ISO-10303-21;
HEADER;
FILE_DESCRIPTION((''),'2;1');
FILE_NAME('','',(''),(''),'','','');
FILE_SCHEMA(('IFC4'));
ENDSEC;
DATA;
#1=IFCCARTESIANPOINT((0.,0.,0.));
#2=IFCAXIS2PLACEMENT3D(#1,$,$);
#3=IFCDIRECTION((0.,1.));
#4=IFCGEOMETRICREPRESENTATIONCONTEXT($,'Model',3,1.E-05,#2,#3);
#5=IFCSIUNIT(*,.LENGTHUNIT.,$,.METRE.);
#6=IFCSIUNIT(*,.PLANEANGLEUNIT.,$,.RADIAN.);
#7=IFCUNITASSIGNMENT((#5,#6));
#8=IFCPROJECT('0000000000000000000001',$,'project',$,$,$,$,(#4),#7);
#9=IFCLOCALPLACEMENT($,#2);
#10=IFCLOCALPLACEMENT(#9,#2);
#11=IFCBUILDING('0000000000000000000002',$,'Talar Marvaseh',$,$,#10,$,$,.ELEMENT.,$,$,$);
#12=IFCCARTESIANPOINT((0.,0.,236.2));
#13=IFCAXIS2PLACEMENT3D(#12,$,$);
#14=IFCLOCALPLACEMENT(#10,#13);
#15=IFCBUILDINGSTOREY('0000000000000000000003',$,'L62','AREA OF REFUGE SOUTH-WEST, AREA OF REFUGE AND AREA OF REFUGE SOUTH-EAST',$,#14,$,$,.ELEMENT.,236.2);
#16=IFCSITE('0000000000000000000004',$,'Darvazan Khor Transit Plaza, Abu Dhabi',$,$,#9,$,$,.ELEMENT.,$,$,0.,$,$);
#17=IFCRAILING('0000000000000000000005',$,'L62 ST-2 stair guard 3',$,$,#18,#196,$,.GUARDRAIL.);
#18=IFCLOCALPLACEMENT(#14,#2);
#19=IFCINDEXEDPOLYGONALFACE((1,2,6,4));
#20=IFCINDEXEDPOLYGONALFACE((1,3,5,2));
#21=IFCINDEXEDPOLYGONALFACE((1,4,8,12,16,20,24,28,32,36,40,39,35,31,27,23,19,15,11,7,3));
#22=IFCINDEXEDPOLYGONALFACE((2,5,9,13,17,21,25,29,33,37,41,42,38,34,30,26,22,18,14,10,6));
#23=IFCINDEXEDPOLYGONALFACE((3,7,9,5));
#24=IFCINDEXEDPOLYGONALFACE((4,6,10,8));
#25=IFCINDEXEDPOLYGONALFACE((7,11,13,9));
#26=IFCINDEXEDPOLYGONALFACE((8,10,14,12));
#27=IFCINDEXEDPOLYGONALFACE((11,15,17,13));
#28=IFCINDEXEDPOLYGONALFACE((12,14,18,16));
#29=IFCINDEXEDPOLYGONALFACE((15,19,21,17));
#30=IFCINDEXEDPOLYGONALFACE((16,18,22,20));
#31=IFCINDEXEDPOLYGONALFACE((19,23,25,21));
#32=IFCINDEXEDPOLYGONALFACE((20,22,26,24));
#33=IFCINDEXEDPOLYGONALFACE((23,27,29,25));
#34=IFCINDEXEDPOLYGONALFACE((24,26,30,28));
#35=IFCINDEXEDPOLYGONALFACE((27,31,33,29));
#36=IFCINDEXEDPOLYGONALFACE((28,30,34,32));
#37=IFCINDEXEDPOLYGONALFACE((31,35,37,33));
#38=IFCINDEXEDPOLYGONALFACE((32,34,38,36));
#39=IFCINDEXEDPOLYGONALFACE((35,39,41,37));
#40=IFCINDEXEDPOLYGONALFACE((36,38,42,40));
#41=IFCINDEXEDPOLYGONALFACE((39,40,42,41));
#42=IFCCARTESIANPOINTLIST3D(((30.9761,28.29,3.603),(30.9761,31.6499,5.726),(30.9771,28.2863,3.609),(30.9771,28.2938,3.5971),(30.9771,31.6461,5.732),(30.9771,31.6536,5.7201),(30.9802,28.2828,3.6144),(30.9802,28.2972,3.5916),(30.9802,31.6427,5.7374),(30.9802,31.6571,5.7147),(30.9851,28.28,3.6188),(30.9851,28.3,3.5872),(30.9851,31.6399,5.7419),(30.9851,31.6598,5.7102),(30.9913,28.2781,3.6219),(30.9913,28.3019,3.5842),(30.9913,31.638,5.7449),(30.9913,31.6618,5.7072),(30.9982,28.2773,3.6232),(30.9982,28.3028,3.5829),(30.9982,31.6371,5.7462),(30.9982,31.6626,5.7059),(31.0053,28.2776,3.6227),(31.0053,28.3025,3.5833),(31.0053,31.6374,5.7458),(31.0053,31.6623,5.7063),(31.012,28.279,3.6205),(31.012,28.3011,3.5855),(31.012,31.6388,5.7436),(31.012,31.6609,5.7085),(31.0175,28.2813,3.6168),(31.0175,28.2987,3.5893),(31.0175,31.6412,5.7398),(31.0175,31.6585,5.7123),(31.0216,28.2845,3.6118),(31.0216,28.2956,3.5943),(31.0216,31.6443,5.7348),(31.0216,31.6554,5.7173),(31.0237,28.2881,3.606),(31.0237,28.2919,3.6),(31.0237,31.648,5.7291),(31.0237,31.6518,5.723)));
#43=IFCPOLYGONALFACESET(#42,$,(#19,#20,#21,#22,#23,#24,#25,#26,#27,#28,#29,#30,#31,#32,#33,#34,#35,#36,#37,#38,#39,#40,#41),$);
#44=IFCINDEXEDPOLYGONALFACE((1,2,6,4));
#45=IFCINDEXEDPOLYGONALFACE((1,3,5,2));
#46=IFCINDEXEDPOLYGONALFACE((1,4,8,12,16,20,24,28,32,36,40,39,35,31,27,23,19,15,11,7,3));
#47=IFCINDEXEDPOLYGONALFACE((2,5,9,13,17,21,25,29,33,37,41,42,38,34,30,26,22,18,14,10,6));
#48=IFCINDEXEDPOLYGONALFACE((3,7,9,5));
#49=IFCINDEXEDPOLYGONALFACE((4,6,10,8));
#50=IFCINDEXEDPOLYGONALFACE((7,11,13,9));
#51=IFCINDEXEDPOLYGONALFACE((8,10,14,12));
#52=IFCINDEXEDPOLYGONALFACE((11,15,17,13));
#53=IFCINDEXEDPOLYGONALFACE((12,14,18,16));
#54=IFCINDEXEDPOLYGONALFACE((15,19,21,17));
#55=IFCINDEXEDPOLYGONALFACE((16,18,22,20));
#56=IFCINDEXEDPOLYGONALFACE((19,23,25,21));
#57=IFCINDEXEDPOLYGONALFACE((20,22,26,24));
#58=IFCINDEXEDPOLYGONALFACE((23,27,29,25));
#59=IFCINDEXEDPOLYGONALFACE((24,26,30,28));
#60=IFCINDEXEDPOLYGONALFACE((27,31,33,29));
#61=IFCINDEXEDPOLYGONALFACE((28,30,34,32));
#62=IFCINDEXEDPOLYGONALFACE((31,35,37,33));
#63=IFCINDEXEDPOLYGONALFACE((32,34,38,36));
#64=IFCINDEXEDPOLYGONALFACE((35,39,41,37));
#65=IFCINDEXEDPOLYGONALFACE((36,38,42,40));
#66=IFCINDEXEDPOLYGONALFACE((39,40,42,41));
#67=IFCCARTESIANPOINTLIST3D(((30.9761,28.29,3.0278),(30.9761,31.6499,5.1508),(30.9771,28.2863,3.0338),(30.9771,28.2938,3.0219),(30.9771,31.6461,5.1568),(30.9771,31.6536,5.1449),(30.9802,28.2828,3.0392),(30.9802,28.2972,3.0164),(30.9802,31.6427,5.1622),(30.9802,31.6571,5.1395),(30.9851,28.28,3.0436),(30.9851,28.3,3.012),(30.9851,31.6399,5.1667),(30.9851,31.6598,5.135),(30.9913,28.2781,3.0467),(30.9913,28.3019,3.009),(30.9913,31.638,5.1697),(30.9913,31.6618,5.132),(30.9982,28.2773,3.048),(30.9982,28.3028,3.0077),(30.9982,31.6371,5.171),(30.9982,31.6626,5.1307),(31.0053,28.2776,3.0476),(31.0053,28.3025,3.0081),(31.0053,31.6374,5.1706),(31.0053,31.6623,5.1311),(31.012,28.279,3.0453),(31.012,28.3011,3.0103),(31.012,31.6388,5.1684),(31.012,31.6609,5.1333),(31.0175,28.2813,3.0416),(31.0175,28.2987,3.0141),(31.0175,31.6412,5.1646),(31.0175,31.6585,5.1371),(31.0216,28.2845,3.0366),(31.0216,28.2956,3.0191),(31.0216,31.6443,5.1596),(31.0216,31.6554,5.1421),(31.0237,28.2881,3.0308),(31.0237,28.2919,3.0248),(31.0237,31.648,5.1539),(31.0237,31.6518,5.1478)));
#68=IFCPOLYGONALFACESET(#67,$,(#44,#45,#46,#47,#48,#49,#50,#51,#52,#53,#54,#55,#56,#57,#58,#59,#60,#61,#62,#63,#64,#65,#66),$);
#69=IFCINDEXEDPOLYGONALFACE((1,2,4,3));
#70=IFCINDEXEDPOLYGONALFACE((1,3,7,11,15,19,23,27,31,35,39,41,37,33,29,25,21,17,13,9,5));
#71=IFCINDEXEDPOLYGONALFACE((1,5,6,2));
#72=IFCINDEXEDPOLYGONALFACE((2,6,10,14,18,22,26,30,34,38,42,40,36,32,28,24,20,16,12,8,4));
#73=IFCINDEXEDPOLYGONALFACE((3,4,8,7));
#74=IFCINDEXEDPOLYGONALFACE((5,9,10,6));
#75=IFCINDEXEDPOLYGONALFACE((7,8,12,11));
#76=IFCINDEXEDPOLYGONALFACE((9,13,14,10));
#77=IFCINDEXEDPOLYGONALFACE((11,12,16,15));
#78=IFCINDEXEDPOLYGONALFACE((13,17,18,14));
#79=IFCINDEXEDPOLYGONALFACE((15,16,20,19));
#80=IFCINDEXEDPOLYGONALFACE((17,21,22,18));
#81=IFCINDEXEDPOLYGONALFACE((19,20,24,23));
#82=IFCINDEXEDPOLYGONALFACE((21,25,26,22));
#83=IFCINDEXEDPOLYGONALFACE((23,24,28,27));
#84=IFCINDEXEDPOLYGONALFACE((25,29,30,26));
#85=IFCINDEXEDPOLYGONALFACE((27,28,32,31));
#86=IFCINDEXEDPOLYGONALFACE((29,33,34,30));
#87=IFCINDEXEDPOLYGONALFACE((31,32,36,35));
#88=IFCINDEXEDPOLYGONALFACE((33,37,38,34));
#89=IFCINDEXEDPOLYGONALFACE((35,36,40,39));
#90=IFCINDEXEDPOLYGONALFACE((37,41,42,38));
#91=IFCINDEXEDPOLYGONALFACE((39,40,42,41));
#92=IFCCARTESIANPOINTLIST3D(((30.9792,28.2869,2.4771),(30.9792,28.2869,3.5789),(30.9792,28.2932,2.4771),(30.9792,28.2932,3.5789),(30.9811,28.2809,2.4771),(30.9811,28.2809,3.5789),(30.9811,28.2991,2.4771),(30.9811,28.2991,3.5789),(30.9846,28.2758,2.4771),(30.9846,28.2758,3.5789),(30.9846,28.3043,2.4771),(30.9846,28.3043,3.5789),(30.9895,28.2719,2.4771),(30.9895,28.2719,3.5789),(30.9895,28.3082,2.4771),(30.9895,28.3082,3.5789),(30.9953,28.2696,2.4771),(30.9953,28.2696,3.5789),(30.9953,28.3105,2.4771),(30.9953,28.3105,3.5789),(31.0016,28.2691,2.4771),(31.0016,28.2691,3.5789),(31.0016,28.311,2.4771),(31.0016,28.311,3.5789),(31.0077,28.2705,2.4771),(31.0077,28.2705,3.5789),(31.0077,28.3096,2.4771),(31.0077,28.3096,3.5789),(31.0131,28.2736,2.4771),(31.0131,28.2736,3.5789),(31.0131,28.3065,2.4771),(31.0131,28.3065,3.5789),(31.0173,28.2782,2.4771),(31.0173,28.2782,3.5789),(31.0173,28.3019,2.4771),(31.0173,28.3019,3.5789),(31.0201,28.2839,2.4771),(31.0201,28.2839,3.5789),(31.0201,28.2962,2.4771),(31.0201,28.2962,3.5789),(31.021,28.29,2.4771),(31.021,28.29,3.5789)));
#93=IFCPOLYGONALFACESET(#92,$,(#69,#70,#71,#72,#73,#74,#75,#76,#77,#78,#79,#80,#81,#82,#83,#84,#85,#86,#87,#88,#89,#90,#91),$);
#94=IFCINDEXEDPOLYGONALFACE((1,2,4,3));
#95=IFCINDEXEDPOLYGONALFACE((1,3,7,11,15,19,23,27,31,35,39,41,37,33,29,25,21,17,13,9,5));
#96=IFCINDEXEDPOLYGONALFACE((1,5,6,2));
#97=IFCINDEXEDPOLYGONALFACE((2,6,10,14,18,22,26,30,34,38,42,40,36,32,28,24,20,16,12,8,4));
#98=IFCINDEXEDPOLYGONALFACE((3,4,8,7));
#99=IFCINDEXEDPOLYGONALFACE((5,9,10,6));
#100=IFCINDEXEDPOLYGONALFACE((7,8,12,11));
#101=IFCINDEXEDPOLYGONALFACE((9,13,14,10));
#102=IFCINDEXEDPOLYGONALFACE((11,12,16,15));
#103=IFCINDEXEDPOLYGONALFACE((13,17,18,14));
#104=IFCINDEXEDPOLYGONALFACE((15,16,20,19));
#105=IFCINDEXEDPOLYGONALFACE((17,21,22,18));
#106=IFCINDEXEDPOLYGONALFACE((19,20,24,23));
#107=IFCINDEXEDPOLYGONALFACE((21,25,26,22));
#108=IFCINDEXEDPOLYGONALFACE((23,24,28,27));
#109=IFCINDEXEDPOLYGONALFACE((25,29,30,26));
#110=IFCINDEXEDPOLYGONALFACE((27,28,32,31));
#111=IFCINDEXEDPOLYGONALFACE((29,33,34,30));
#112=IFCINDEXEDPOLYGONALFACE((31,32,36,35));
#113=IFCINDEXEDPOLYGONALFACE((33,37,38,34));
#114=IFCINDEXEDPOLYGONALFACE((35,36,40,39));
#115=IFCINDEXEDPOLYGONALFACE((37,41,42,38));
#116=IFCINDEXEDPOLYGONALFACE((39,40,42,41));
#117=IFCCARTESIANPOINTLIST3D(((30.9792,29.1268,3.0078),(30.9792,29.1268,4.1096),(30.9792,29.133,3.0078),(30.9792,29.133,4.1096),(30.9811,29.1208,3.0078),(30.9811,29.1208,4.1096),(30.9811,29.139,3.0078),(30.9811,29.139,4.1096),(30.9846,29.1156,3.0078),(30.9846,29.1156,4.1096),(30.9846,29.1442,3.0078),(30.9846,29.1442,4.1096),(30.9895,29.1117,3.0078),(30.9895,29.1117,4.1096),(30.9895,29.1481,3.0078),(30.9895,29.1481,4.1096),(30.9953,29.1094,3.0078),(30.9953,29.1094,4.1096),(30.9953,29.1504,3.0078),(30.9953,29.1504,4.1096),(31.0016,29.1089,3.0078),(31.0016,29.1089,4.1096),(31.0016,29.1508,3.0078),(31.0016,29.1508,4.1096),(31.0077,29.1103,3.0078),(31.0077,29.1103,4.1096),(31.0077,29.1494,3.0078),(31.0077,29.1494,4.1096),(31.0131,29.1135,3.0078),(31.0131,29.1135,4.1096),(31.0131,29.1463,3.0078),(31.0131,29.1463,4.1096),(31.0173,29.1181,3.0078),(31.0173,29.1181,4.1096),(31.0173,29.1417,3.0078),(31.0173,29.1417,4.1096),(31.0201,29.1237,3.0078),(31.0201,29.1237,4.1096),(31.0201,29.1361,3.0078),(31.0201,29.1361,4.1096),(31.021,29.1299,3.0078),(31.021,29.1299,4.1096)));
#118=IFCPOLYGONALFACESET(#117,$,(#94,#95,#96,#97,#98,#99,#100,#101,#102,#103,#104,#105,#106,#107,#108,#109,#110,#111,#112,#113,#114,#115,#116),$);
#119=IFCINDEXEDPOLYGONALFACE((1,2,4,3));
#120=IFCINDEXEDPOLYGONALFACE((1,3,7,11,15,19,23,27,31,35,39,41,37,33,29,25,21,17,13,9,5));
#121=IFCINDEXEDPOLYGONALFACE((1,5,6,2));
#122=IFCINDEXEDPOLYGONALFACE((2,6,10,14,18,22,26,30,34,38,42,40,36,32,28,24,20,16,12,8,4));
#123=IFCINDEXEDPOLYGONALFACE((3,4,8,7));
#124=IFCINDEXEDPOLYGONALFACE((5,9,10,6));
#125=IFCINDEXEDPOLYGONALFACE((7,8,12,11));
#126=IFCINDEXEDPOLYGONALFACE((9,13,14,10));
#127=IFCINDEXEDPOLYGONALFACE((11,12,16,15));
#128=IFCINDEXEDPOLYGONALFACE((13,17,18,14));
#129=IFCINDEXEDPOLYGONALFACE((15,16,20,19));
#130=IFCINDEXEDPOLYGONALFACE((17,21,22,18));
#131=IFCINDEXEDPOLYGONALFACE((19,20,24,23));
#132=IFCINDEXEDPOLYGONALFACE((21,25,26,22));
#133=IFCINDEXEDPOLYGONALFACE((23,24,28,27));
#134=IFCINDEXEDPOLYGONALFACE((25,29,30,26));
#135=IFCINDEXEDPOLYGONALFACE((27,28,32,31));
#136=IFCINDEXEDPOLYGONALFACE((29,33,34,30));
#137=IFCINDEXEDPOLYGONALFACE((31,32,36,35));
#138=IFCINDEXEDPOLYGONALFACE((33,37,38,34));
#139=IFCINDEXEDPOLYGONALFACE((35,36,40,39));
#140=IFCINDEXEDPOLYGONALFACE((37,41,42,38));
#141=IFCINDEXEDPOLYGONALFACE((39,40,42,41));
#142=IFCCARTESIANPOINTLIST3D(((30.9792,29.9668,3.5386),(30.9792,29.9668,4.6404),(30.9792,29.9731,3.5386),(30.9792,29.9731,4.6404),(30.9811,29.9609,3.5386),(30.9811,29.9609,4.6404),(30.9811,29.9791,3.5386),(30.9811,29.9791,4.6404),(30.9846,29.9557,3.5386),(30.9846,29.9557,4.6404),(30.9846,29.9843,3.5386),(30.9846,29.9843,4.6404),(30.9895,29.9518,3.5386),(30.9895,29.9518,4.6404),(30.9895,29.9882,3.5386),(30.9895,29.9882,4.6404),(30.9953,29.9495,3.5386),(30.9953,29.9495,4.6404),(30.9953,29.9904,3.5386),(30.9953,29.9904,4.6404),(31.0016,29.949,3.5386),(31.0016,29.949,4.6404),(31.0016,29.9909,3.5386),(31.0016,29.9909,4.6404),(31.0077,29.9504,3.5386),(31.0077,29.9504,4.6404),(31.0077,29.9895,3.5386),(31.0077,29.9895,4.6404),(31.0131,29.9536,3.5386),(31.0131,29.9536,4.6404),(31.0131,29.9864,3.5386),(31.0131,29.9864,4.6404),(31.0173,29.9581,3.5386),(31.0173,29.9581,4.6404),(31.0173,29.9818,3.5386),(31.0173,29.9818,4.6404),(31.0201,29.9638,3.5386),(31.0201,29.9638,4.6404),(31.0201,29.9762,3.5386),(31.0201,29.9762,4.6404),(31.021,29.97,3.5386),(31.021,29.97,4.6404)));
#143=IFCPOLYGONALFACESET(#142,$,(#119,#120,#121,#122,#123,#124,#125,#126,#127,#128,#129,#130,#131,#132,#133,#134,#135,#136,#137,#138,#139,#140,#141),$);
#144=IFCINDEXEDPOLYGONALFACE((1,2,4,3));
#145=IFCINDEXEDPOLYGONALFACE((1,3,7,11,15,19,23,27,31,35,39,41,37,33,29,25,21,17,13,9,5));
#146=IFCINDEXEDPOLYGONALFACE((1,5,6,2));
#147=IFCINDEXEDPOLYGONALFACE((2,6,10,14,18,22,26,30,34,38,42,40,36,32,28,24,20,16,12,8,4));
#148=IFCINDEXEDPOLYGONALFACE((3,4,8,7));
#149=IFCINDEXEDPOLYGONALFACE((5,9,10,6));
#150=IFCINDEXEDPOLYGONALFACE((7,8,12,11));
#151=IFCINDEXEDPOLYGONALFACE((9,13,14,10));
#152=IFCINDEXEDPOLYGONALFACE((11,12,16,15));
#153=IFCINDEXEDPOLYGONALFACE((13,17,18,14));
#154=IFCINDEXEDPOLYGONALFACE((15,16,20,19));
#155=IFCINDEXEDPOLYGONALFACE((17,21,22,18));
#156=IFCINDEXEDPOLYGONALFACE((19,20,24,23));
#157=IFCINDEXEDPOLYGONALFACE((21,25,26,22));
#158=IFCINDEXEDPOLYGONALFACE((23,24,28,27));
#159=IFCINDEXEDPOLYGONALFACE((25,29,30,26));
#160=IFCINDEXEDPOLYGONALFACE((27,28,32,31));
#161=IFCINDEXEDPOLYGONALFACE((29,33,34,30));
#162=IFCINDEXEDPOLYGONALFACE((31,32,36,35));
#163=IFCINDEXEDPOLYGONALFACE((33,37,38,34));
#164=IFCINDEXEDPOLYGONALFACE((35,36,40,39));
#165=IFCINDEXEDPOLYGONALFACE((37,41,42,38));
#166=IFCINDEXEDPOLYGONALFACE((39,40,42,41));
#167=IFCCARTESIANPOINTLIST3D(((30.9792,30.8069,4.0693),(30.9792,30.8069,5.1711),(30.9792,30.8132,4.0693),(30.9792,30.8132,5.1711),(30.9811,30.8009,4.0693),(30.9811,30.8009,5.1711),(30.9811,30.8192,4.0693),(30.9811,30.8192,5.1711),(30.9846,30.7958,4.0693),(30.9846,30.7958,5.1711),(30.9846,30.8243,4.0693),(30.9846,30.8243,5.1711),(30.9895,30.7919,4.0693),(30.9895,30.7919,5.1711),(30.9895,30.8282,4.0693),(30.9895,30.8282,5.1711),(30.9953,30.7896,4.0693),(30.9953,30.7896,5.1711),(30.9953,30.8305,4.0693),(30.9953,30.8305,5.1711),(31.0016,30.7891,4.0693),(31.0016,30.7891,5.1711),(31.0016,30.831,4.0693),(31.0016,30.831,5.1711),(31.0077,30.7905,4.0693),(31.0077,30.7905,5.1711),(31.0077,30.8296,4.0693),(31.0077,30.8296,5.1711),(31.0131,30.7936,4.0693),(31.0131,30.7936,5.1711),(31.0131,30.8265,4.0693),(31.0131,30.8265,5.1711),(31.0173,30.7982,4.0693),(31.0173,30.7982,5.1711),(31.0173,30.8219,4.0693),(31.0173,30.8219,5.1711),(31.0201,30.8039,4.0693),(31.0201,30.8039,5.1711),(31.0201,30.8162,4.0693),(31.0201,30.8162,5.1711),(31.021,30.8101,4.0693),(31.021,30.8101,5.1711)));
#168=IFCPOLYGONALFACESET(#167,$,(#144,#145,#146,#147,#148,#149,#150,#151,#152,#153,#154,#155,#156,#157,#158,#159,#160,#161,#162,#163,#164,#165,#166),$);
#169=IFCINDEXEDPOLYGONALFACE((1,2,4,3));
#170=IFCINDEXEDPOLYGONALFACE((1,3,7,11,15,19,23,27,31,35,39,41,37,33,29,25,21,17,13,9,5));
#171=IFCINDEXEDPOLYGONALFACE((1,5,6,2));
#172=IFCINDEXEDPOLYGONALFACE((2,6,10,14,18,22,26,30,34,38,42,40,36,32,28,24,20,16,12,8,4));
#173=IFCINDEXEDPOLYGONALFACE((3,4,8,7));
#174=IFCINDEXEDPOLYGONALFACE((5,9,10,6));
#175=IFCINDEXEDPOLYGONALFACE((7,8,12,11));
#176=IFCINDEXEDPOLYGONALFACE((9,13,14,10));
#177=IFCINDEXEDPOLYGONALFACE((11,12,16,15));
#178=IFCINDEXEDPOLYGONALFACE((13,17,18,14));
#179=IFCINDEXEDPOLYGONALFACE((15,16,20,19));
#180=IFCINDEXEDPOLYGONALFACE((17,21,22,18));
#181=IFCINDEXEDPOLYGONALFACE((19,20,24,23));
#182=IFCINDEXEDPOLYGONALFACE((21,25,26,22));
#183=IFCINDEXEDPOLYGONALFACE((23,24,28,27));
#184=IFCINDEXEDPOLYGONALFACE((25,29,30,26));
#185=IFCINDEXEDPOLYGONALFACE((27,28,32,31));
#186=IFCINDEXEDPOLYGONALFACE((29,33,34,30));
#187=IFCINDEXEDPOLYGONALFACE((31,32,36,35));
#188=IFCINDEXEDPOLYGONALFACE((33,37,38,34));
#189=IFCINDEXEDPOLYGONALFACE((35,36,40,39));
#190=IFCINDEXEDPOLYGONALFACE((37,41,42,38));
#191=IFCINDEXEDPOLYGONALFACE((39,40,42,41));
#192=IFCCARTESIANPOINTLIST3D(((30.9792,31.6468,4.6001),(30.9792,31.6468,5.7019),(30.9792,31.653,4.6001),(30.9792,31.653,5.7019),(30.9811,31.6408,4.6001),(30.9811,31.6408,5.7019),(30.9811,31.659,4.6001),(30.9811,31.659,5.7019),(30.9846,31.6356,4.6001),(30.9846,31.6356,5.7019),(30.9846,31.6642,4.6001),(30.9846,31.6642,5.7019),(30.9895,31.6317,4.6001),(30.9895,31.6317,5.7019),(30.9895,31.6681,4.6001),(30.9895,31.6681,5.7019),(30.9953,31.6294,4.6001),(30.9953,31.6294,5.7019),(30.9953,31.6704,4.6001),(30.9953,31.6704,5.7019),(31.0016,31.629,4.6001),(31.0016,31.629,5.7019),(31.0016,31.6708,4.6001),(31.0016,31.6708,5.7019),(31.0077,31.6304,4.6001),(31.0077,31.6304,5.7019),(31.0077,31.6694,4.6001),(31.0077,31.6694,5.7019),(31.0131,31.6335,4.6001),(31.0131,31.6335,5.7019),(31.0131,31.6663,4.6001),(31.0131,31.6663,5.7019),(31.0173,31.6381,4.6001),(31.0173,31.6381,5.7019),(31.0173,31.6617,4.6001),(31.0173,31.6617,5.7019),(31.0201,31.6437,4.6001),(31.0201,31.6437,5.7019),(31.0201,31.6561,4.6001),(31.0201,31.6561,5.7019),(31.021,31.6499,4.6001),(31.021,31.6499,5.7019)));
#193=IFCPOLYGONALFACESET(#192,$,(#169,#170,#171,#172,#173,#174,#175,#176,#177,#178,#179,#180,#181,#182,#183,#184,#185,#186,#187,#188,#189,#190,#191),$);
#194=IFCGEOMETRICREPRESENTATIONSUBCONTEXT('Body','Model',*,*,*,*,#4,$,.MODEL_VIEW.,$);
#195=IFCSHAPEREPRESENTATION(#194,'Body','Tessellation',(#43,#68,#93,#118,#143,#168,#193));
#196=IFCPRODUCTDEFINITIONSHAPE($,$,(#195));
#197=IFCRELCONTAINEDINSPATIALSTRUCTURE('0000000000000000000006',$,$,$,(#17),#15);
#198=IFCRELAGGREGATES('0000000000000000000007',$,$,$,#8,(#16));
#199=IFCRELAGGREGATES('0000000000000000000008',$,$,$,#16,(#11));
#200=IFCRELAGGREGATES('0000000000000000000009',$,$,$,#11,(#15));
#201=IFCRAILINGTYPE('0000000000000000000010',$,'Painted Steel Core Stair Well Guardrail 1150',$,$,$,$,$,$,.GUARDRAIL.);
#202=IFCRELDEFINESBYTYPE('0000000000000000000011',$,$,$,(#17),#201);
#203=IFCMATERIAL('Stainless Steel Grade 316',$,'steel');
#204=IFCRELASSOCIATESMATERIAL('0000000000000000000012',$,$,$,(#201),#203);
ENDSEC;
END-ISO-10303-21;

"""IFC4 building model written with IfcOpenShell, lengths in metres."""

from ifc_helpers import new_model, si_unit, direction, frame, origin, origin_2d, place, context, subcontext, project, spatial, circle, extrude, material, type_object, element, save


model = new_model("IFC4")

# Units and contexts
model_context = context("Model", 3, precision=1e-05, world=origin(), true_north=direction((0.0, 1.0)))
body_context = subcontext(model_context, "Body", "Model", "MODEL_VIEW")
ifc_project = project(units=[si_unit("LENGTHUNIT", "METRE"), si_unit("PLANEANGLEUNIT", "RADIAN")], contexts=[model_context])

# Site, building, storey
site_placement = place(None, origin())
site = spatial("IfcSite", under=ifc_project, at=site_placement, Name="Darvazan Khor Transit Plaza, Abu Dhabi", CompositionType="ELEMENT", RefElevation=0.0)
building_placement = place(site_placement, origin())
building = spatial("IfcBuilding", under=site, at=building_placement, Name="Talar Marvaseh", CompositionType="ELEMENT")
storey_placement = place(building_placement, frame((0.0, 0.0, 236.2)))
storey = spatial("IfcBuildingStorey", under=building, at=storey_placement, Name="L62", Description="AREA OF REFUGE SOUTH-WEST, AREA OF REFUGE AND AREA OF REFUGE SOUTH-EAST", CompositionType="ELEMENT", Elevation=236.2)

# Shared definitions
ifc_material_1 = material(Name="Stainless Steel Grade 316", Category="steel")

# Railing
railing_type_1 = type_object("IfcRailingType", Name="Painted Steel Core Stair Well Guardrail 1150", PredefinedType="GUARDRAIL", material=ifc_material_1)
railing_1_placement = place(storey_placement, frame((31.0, 28.29, 2.4771)))
element("IfcRailing", 1, at=railing_1_placement, inside=storey, type_object=railing_type_1, Name="L62 ST-2 stair guard 3", PredefinedType="GUARDRAIL", context=body_context, shape_type="SweptSolid", body=[
    extrude(circle(Radius=0.0239, at=origin_2d()), frame((0.0, 0.0, 1.126), z_axis=(0.0, 0.845372, 0.534178), x_axis=(-1.0, 0.0, 0.0)), (0.0, 0.0, 1.0), 3.9744),
    extrude(circle(Radius=0.0239, at=origin_2d()), frame((0.0, 0.0, 0.5508), z_axis=(0.0, 0.845372, 0.534178), x_axis=(-1.0, 0.0, 0.0)), (0.0, 0.0, 1.0), 3.9744),
    extrude(circle(Radius=0.021, at=origin_2d()), origin(), (0.0, 0.0, 1.0), 1.1018),
    extrude(circle(Radius=0.021, at=origin_2d()), frame((0.0, 0.8398, 0.5308)), (0.0, 0.0, 1.0), 1.1018),
    extrude(circle(Radius=0.021, at=origin_2d()), frame((0.0, 1.6799, 1.0615)), (0.0, 0.0, 1.0), 1.1018),
    extrude(circle(Radius=0.021, at=origin_2d()), frame((0.0, 2.52, 1.5923)), (0.0, 0.0, 1.0), 1.1018),
    extrude(circle(Radius=0.021, at=origin_2d()), frame((0.0, 3.3599, 2.123)), (0.0, 0.0, 1.0), 1.1018),
])

save(model, "model.ifc")
